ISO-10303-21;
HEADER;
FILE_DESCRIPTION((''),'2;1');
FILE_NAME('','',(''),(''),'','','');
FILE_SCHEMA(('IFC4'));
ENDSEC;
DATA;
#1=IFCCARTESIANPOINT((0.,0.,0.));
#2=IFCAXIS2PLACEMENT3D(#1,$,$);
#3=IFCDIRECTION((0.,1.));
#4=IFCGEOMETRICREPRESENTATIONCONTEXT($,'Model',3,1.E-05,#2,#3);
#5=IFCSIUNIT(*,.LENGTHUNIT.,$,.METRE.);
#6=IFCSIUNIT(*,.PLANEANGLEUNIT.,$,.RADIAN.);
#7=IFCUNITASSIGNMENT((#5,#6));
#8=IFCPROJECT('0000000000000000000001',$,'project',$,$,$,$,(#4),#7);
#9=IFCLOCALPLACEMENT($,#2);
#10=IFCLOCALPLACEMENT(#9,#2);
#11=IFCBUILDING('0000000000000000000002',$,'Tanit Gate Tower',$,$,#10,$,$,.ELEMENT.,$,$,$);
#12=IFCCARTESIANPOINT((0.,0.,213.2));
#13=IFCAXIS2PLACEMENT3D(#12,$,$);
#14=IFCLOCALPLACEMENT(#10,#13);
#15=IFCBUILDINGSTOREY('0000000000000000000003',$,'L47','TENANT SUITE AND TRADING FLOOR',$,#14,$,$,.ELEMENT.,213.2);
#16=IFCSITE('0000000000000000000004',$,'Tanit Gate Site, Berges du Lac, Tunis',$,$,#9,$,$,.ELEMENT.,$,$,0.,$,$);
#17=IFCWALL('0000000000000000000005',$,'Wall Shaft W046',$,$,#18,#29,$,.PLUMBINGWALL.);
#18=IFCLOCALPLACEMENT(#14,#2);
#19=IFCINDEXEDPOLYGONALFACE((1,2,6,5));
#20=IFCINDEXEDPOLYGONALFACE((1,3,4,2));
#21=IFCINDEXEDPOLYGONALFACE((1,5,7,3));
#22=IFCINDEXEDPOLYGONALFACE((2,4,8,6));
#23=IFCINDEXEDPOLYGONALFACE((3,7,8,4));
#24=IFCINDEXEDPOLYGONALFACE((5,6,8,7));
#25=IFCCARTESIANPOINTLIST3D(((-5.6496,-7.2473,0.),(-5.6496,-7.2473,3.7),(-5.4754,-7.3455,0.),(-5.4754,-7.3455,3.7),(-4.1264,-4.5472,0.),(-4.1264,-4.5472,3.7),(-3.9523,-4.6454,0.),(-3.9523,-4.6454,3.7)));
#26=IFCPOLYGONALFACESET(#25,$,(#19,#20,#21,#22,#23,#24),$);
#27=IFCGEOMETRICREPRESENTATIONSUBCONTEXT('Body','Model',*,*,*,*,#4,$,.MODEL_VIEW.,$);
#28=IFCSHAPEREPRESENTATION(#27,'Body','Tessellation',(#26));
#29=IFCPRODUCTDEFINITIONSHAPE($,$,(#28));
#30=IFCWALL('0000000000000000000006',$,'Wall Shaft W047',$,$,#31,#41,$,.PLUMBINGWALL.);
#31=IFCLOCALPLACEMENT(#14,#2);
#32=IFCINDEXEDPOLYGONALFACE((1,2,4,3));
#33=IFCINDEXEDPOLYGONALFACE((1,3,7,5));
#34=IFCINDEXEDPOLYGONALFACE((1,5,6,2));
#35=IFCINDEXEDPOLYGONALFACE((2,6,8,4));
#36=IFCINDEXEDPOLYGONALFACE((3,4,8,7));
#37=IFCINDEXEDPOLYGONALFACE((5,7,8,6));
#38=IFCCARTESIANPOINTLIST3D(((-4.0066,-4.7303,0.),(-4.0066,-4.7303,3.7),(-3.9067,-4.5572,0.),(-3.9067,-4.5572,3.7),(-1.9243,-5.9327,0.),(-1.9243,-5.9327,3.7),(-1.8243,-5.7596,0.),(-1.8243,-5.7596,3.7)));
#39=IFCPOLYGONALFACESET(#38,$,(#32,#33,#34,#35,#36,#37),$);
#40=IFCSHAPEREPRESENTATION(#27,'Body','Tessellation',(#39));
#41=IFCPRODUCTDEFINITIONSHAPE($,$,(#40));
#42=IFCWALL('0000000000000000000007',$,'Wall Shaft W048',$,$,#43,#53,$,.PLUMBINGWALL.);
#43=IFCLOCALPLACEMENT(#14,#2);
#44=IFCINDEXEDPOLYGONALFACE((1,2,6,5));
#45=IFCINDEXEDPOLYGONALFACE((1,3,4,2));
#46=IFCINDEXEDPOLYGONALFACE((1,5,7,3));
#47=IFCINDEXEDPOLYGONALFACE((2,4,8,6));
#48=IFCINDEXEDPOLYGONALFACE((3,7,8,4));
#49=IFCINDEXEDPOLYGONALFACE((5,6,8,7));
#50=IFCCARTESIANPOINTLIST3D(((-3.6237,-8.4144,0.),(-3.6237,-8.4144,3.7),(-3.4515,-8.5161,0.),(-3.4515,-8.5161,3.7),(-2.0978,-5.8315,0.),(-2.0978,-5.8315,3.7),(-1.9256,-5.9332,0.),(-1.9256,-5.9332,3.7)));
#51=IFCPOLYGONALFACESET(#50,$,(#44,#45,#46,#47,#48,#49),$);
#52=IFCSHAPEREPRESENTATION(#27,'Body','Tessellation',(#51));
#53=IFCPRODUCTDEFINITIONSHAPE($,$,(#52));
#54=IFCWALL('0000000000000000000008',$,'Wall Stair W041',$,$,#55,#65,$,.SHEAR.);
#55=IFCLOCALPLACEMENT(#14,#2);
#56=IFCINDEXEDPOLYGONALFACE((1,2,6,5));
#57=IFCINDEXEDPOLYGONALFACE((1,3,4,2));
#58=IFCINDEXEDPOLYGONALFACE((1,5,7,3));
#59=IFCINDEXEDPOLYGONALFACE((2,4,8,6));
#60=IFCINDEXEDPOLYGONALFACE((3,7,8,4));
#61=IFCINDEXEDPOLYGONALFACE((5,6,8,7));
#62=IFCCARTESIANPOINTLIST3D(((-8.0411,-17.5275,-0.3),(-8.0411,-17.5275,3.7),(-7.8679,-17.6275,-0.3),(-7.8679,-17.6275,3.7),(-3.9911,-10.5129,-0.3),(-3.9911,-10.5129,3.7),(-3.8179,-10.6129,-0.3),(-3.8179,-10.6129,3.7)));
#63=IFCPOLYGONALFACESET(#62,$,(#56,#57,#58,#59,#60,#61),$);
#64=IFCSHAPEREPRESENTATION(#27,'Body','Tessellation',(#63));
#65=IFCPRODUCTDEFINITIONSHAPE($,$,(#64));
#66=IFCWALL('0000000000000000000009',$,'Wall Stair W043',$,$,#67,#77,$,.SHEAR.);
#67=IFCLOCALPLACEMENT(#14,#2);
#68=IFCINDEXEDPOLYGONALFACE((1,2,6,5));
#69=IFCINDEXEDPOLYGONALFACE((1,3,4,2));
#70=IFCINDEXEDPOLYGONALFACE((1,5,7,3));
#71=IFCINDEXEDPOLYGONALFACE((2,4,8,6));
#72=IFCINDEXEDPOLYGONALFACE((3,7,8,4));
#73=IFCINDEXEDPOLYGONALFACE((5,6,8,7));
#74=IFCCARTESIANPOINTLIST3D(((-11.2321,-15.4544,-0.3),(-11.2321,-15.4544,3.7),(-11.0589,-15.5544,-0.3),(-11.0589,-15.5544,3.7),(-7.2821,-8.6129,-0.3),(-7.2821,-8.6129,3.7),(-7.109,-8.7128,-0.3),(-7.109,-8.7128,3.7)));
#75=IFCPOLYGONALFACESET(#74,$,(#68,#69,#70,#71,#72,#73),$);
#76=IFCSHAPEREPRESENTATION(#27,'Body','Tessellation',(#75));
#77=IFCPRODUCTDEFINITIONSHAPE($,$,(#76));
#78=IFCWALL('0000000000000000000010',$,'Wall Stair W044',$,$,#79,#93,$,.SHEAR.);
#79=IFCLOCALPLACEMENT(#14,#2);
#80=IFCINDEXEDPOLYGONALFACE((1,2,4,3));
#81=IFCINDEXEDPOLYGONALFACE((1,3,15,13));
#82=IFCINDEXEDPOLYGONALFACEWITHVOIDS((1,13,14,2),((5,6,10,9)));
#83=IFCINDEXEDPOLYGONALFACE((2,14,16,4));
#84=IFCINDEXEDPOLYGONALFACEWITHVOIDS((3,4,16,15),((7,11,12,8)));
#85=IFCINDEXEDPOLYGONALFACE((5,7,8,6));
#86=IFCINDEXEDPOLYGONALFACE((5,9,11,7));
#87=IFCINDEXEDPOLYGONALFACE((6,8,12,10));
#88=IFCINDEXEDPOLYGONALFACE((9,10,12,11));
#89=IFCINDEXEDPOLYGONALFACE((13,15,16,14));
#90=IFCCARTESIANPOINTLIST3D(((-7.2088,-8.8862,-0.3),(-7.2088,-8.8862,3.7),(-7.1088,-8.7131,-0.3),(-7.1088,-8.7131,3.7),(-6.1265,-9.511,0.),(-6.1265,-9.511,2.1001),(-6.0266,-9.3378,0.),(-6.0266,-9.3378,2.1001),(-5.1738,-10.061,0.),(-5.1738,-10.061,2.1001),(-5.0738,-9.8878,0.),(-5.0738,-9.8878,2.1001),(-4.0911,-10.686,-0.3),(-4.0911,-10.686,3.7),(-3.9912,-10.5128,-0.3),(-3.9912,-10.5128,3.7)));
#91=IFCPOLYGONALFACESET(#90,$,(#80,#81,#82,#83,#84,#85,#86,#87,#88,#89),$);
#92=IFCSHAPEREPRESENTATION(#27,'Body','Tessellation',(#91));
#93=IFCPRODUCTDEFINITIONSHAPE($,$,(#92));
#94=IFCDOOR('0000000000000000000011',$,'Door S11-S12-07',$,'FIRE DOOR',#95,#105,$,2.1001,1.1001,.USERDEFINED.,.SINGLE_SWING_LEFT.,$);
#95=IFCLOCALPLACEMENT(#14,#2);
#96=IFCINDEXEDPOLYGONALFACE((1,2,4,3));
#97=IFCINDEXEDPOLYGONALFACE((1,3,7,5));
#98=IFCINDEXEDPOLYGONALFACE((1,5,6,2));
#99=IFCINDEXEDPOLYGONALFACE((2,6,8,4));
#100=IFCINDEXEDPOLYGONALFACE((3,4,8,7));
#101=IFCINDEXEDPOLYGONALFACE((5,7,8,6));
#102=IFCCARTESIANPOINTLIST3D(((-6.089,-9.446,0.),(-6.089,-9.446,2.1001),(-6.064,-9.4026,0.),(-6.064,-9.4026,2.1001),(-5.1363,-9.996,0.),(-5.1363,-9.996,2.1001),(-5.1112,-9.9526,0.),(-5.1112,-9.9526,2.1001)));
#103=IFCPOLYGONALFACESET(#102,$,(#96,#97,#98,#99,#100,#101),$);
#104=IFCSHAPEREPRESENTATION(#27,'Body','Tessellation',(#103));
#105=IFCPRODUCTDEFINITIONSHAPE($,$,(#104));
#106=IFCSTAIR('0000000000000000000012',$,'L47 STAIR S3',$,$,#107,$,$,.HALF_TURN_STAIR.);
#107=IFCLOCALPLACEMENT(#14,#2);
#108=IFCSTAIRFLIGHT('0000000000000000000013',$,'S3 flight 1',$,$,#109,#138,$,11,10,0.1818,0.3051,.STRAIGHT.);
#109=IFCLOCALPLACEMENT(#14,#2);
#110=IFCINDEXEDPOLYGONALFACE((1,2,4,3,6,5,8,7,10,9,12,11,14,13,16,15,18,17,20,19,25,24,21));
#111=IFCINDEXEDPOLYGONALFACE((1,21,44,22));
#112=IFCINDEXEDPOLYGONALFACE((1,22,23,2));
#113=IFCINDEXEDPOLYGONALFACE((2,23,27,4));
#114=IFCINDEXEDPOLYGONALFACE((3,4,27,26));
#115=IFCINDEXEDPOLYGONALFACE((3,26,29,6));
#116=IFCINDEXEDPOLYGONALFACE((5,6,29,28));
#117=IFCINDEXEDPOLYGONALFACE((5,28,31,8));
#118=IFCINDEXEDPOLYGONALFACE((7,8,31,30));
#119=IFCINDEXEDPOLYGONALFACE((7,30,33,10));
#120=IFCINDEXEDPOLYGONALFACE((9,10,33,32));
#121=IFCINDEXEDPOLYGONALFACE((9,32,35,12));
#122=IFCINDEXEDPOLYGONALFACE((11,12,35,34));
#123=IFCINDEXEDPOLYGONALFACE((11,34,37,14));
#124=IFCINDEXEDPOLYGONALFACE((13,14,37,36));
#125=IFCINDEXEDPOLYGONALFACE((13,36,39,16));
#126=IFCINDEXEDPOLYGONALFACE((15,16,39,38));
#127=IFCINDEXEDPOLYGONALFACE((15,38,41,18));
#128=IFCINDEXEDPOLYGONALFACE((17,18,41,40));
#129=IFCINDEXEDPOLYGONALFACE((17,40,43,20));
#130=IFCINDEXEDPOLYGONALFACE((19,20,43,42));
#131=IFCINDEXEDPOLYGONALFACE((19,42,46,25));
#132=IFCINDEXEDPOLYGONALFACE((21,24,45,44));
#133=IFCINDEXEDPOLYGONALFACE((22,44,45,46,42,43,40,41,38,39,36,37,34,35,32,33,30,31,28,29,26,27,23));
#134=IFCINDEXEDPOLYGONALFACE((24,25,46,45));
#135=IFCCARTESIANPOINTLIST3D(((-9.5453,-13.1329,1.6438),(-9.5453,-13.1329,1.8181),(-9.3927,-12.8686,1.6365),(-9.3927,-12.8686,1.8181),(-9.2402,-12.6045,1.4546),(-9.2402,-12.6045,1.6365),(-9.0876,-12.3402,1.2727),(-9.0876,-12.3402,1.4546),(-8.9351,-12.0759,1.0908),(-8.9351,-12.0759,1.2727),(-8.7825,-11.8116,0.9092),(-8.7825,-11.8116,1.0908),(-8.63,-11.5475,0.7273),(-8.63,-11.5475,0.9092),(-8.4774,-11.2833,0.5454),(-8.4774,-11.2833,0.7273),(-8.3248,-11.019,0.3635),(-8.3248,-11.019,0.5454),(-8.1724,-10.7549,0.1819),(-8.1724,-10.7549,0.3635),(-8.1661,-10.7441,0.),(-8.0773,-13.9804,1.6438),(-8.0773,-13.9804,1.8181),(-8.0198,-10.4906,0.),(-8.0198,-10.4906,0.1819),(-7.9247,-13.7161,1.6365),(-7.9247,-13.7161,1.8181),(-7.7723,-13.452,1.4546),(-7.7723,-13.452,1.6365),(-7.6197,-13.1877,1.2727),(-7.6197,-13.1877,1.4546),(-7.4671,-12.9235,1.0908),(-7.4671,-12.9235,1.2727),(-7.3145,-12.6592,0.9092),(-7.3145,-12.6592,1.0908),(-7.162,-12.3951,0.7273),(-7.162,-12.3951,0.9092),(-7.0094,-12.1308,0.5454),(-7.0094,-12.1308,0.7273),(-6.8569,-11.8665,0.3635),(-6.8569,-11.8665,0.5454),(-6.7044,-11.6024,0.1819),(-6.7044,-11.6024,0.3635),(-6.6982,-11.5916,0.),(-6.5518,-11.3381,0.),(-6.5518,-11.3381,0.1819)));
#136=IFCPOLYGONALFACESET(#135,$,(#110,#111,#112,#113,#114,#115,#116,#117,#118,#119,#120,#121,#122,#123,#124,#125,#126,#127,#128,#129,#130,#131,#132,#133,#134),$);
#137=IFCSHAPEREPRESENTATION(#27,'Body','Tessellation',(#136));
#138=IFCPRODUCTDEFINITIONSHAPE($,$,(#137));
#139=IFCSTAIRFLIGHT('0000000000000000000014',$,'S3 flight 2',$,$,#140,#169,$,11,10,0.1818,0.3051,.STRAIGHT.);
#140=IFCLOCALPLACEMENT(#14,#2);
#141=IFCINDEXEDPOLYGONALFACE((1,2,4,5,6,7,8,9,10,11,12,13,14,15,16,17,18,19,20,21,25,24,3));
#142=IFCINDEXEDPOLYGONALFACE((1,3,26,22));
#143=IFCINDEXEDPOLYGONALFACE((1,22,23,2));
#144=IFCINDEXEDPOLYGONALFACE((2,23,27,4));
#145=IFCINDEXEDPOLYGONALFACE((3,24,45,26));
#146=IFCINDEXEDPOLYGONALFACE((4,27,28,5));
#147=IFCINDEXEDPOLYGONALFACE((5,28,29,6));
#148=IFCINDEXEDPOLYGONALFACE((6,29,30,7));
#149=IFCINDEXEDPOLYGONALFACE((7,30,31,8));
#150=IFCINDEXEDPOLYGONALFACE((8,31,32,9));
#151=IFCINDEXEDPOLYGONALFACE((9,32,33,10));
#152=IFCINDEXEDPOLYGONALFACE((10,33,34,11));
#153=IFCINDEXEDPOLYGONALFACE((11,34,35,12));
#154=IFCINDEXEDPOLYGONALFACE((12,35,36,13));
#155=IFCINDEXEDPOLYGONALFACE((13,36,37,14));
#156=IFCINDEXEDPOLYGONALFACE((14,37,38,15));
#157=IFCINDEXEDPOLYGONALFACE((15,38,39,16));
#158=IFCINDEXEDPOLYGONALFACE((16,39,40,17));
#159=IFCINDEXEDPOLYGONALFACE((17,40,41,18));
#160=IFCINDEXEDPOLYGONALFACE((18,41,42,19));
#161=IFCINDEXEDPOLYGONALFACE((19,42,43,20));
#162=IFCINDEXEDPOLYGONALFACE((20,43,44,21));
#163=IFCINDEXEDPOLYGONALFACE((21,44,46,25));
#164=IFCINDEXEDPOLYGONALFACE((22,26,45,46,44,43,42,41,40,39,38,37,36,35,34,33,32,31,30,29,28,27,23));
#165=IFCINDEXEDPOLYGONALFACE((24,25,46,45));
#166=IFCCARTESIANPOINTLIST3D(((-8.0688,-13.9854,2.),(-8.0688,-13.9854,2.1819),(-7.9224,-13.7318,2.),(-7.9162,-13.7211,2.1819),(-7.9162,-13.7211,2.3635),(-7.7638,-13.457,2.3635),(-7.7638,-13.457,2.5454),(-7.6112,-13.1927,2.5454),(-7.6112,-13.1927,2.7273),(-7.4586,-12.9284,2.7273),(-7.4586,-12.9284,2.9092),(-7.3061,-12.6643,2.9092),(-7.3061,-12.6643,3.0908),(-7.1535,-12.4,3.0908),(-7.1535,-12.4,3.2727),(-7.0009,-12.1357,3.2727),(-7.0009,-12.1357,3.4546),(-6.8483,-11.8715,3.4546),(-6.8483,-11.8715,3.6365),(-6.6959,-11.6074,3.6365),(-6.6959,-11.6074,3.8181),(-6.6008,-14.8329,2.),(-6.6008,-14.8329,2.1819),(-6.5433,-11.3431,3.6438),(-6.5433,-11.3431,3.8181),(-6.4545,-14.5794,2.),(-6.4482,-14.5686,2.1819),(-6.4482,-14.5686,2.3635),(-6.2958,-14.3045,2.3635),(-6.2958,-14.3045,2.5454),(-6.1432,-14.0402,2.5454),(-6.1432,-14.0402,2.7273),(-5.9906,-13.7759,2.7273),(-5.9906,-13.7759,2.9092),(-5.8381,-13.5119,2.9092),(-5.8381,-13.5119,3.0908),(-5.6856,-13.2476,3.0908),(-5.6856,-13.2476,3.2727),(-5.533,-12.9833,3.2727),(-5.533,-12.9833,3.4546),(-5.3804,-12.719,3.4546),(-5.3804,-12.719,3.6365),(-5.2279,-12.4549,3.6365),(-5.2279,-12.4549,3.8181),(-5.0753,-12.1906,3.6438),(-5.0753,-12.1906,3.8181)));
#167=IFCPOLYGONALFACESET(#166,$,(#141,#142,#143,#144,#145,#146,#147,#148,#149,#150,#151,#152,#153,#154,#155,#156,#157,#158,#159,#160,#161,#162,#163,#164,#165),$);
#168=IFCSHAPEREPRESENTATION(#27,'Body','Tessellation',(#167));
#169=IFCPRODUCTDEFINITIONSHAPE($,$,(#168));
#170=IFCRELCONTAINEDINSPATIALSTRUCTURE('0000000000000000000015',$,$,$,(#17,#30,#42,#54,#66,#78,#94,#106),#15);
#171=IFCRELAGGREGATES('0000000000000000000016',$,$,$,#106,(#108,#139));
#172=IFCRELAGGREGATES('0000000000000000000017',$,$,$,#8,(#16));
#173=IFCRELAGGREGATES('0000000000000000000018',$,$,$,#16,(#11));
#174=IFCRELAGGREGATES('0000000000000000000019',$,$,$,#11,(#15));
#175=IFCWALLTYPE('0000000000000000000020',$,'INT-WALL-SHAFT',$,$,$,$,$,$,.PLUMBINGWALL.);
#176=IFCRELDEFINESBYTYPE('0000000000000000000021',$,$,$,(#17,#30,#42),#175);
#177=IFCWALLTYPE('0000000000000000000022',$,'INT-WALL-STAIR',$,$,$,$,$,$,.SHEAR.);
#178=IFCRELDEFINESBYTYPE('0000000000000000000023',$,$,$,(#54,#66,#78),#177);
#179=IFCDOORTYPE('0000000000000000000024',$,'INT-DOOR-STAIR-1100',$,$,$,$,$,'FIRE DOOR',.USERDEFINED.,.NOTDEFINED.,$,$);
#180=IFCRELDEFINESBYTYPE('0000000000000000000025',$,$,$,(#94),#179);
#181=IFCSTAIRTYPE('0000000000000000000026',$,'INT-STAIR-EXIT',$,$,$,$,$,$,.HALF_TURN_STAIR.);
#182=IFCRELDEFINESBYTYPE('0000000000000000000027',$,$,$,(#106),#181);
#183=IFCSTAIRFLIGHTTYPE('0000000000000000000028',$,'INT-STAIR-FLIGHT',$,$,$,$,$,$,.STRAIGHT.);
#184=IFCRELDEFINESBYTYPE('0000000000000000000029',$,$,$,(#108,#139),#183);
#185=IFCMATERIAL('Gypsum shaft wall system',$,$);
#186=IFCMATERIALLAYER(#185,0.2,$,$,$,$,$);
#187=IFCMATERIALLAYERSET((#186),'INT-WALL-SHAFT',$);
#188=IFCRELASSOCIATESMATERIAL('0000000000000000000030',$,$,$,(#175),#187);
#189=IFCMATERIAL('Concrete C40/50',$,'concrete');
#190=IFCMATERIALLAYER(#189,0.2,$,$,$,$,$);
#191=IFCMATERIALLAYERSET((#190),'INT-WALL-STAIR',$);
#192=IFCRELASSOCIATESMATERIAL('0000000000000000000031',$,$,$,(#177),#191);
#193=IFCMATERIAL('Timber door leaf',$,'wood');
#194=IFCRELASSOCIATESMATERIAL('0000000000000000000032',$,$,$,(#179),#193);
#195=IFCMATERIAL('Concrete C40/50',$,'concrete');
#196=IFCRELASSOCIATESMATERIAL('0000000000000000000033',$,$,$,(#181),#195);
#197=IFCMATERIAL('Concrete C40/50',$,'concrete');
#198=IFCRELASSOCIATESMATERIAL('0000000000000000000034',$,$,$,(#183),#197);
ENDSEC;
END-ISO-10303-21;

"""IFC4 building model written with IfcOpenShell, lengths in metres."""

from ifc_helpers import new_model, si_unit, direction, frame, frame_2d, origin, place, context, subcontext, project, spatial, polyline, rectangle, outline, extrude, material, layer, layer_set, type_object, element, fill, aggregate, save


model = new_model("IFC4")

# Units and contexts
model_context = context("Model", 3, precision=1e-05, world=origin(), true_north=direction((0.0, 1.0)))
body_context = subcontext(model_context, "Body", "Model", "MODEL_VIEW")
ifc_project = project(units=[si_unit("LENGTHUNIT", "METRE"), si_unit("PLANEANGLEUNIT", "RADIAN")], contexts=[model_context])

# Site, building, storey
site_placement = place(None, origin())
site = spatial("IfcSite", under=ifc_project, at=site_placement, Name="Tanit Gate Site, Berges du Lac, Tunis", CompositionType="ELEMENT", RefElevation=0.0)
building_placement = place(site_placement, origin())
building = spatial("IfcBuilding", under=site, at=building_placement, Name="Tanit Gate Tower", CompositionType="ELEMENT")
storey_placement = place(building_placement, frame((0.0, 0.0, 213.2)))
storey = spatial("IfcBuildingStorey", under=building, at=storey_placement, Name="L47", Description="TENANT SUITE AND TRADING FLOOR", CompositionType="ELEMENT", Elevation=213.2)

# Shared definitions
ifc_material_1 = material(Name="Gypsum shaft wall system")
ifc_layer_1 = layer(ifc_material_1, 0.2)
ifc_layer_set_1 = layer_set([ifc_layer_1], Name="INT-WALL-SHAFT")
wall_type_1 = type_object("IfcWallType", Name="INT-WALL-SHAFT", PredefinedType="PLUMBINGWALL", material=ifc_layer_set_1)

# Walls
wall_1_placement = place(storey_placement, frame((-5.5625, -7.2964, 0.0), z_axis=(0.0, 0.0, 1.0), x_axis=(0.491323, 0.870978, 0.0)))
element("IfcWall", 1, at=wall_1_placement, inside=storey, type_object=wall_type_1, Name="Wall Shaft W046", PredefinedType="PLUMBINGWALL", context=body_context, shape_type="SweptSolid", body=[
    extrude(rectangle(XDim=3.1001, YDim=0.2, at=frame_2d((1.55, 0.0))), origin(), (0.0, 0.0, 1.0), 3.7),
])
wall_2_placement = place(storey_placement, frame((-3.9565, -4.6438, 0.0), z_axis=(0.0, 0.0, 1.0), x_axis=(0.865991, -0.500059, 0.0)))
element("IfcWall", 2, at=wall_2_placement, inside=storey, type_object=wall_type_1, Name="Wall Shaft W047", PredefinedType="PLUMBINGWALL", context=body_context, shape_type="SweptSolid", body=[
    extrude(rectangle(XDim=2.4045, YDim=0.2, at=frame_2d((1.2021, 0.0))), origin(), (0.0, 0.0, 1.0), 3.7),
])
wall_3_placement = place(storey_placement, frame((-2.0117, -5.8823, 0.0), z_axis=(0.0, 0.0, 1.0), x_axis=(-0.50862, -0.860991, 0.0)))
element("IfcWall", 3, at=wall_3_placement, inside=storey, type_object=wall_type_1, Name="Wall Shaft W048", PredefinedType="PLUMBINGWALL", context=body_context, shape_type="SweptSolid", body=[
    extrude(rectangle(XDim=3.0, YDim=0.2, at=frame_2d((1.5, 0.0))), origin(), (0.0, 0.0, 1.0), 3.7),
])
ifc_material_2 = material(Name="Concrete C40/50", Category="concrete")
ifc_layer_2 = layer(ifc_material_2, 0.2)
ifc_layer_set_2 = layer_set([ifc_layer_2], Name="INT-WALL-STAIR")
wall_type_2 = type_object("IfcWallType", Name="INT-WALL-STAIR", PredefinedType="SHEAR", material=ifc_layer_set_2)
wall_4_placement = place(storey_placement, frame((-3.9045, -10.563, -0.3), z_axis=(0.0, 0.0, 1.0), x_axis=(-0.500013, -0.866018, 0.0)))
element("IfcWall", 4, at=wall_4_placement, inside=storey, type_object=wall_type_2, Name="Wall Stair W041", PredefinedType="SHEAR", context=body_context, shape_type="SweptSolid", body=[
    extrude(rectangle(XDim=8.0999, YDim=0.2, at=frame_2d((4.0498, 0.0))), origin(), (0.0, 0.0, 1.0), 4.0),
])
wall_5_placement = place(storey_placement, frame((-7.1956, -8.6628, -0.3), z_axis=(0.0, 0.0, 1.0), x_axis=(-0.499998, -0.866027, 0.0)))
element("IfcWall", 5, at=wall_5_placement, inside=storey, type_object=wall_type_2, Name="Wall Stair W043", PredefinedType="SHEAR", context=body_context, shape_type="SweptSolid", body=[
    extrude(rectangle(XDim=7.8999, YDim=0.2, at=frame_2d((3.95, 0.0))), origin(), (0.0, 0.0, 1.0), 4.0),
])

# Wall, opening, door
wall_6_placement = place(storey_placement, frame((-4.0413, -10.5994, -0.3), z_axis=(0.0, 0.0, 1.0), x_axis=(-0.866048, 0.499961, 0.0)))
wall_6 = element("IfcWall", 6, at=wall_6_placement, inside=storey, type_object=wall_type_2, Name="Wall Stair W044", PredefinedType="SHEAR", context=body_context, shape_type="SweptSolid", body=[
    extrude(rectangle(XDim=3.5999, YDim=0.2, at=frame_2d((1.7998, 0.0))), origin(), (0.0, 0.0, 1.0), 4.0),
])
opening_1_placement = place(wall_6_placement, frame((1.25, 0.0, 0.3)))
opening_1 = element("IfcOpeningElement", 7, at=opening_1_placement, cuts=wall_6, PredefinedType="OPENING", context=body_context, shape_type="SweptSolid", body=[
    extrude(rectangle(XDim=1.1001, YDim=2.1001, at=frame_2d((0.55, 1.05))), frame((0.0, 0.1099, 0.0), z_axis=(0.0, -1.0, 0.0), x_axis=(1.0, 0.0, 0.0)), (0.0, 0.0, 1.0), 0.22),
])
ifc_material_3 = material(Name="Timber door leaf", Category="wood")
door_type_1 = type_object("IfcDoorType", Name="INT-DOOR-STAIR-1100", ElementType="FIRE DOOR", OperationType="NOTDEFINED", PredefinedType="USERDEFINED", material=ifc_material_3)
door_1_placement = place(opening_1_placement, origin())
door_1 = element("IfcDoor", 8, at=door_1_placement, inside=storey, type_object=door_type_1, Name="Door S11-S12-07", ObjectType="FIRE DOOR", OperationType="SINGLE_SWING_LEFT", OverallHeight=2.1001, OverallWidth=1.1001, PredefinedType="USERDEFINED", context=body_context, shape_type="SweptSolid", body=[
    extrude(rectangle(XDim=1.1001, YDim=2.1001, at=frame_2d((0.55, 1.05))), frame((0.0, 0.0249, 0.0), z_axis=(0.0, -1.0, 0.0), x_axis=(1.0, 0.0, 0.0)), (0.0, 0.0, 1.0), 0.05),
])
fill(opening_1, door_1)

# Stair, stair flights
ifc_material_4 = material(Name="Concrete C40/50", Category="concrete")
stair_type = type_object("IfcStairType", Name="INT-STAIR-EXIT", PredefinedType="HALF_TURN_STAIR", material=ifc_material_4)
stair_placement = place(storey_placement, origin())
stair = element("IfcStair", 9, at=stair_placement, inside=storey, type_object=stair_type, Name="L47 STAIR S3", PredefinedType="HALF_TURN_STAIR")
ifc_material_5 = material(Name="Concrete C40/50", Category="concrete")
stair_flight_type = type_object("IfcStairFlightType", Name="INT-STAIR-FLIGHT", PredefinedType="STRAIGHT", material=ifc_material_5)
stair_flight_1_placement = place(storey_placement, frame((-7.2859, -10.9143, 0.0), z_axis=(0.0, 0.0, 1.0), x_axis=(-0.5, -0.866025, 0.0)))
stair_flight_1 = element("IfcStairFlight", 10, at=stair_flight_1_placement, type_object=stair_flight_type, Name="S3 flight 1", NumberOfRisers=11, NumberOfTreads=10, PredefinedType="STRAIGHT", RiserHeight=0.1818, TreadLength=0.3051, context=body_context, shape_type="SweptSolid", body=[
    extrude(outline(polyline([(0.0, 0.0), (0.0, 0.1819), (0.3052, 0.1819), (0.3052, 0.3635), (0.6101, 0.3635), (0.6101, 0.5454), (0.9153, 0.5454), (0.9153, 0.7273), (1.2205, 0.7273), (1.2205, 0.9092), (1.5254, 0.9092), (1.5254, 1.0908), (1.8306, 1.0908), (1.8306, 1.2727), (2.1357, 1.2727), (2.1357, 1.4546), (2.4409, 1.4546), (2.4409, 1.6365), (2.7458, 1.6365), (2.7458, 1.8181), (3.051, 1.8181), (3.051, 2.0), (3.051, 1.6438), (0.2927, 0.0), (0.0, 0.0)])), frame((0.0, 0.8477, 0.0), z_axis=(0.0, -1.0, 0.0), x_axis=(1.0, 0.0, 0.0)), (0.0, 0.0, 1.0), 1.6951),
])
stair_flight_2_placement = place(storey_placement, frame((-7.3347, -14.4092, 2.0), z_axis=(0.0, 0.0, 1.0), x_axis=(0.5, 0.866025, 0.0)))
stair_flight_2 = element("IfcStairFlight", 11, at=stair_flight_2_placement, type_object=stair_flight_type, Name="S3 flight 2", NumberOfRisers=11, NumberOfTreads=10, PredefinedType="STRAIGHT", RiserHeight=0.1818, TreadLength=0.3051, context=body_context, shape_type="SweptSolid", body=[
    extrude(outline(polyline([(0.0, 0.0), (0.0, 0.1819), (0.3052, 0.1819), (0.3052, 0.3635), (0.6101, 0.3635), (0.6101, 0.5454), (0.9153, 0.5454), (0.9153, 0.7273), (1.2205, 0.7273), (1.2205, 0.9092), (1.5254, 0.9092), (1.5254, 1.0908), (1.8306, 1.0908), (1.8306, 1.2727), (2.1357, 1.2727), (2.1357, 1.4546), (2.4409, 1.4546), (2.4409, 1.6365), (2.7458, 1.6365), (2.7458, 1.8181), (3.051, 1.8181), (3.051, 2.0), (3.051, 1.6438), (0.2927, 0.0), (0.0, 0.0)])), frame((0.0, 0.8477, 0.0), z_axis=(0.0, -1.0, 0.0), x_axis=(1.0, 0.0, 0.0)), (0.0, 0.0, 1.0), 1.6951),
])
aggregate(stair, [stair_flight_1, stair_flight_2])

save(model, "model.ifc")
